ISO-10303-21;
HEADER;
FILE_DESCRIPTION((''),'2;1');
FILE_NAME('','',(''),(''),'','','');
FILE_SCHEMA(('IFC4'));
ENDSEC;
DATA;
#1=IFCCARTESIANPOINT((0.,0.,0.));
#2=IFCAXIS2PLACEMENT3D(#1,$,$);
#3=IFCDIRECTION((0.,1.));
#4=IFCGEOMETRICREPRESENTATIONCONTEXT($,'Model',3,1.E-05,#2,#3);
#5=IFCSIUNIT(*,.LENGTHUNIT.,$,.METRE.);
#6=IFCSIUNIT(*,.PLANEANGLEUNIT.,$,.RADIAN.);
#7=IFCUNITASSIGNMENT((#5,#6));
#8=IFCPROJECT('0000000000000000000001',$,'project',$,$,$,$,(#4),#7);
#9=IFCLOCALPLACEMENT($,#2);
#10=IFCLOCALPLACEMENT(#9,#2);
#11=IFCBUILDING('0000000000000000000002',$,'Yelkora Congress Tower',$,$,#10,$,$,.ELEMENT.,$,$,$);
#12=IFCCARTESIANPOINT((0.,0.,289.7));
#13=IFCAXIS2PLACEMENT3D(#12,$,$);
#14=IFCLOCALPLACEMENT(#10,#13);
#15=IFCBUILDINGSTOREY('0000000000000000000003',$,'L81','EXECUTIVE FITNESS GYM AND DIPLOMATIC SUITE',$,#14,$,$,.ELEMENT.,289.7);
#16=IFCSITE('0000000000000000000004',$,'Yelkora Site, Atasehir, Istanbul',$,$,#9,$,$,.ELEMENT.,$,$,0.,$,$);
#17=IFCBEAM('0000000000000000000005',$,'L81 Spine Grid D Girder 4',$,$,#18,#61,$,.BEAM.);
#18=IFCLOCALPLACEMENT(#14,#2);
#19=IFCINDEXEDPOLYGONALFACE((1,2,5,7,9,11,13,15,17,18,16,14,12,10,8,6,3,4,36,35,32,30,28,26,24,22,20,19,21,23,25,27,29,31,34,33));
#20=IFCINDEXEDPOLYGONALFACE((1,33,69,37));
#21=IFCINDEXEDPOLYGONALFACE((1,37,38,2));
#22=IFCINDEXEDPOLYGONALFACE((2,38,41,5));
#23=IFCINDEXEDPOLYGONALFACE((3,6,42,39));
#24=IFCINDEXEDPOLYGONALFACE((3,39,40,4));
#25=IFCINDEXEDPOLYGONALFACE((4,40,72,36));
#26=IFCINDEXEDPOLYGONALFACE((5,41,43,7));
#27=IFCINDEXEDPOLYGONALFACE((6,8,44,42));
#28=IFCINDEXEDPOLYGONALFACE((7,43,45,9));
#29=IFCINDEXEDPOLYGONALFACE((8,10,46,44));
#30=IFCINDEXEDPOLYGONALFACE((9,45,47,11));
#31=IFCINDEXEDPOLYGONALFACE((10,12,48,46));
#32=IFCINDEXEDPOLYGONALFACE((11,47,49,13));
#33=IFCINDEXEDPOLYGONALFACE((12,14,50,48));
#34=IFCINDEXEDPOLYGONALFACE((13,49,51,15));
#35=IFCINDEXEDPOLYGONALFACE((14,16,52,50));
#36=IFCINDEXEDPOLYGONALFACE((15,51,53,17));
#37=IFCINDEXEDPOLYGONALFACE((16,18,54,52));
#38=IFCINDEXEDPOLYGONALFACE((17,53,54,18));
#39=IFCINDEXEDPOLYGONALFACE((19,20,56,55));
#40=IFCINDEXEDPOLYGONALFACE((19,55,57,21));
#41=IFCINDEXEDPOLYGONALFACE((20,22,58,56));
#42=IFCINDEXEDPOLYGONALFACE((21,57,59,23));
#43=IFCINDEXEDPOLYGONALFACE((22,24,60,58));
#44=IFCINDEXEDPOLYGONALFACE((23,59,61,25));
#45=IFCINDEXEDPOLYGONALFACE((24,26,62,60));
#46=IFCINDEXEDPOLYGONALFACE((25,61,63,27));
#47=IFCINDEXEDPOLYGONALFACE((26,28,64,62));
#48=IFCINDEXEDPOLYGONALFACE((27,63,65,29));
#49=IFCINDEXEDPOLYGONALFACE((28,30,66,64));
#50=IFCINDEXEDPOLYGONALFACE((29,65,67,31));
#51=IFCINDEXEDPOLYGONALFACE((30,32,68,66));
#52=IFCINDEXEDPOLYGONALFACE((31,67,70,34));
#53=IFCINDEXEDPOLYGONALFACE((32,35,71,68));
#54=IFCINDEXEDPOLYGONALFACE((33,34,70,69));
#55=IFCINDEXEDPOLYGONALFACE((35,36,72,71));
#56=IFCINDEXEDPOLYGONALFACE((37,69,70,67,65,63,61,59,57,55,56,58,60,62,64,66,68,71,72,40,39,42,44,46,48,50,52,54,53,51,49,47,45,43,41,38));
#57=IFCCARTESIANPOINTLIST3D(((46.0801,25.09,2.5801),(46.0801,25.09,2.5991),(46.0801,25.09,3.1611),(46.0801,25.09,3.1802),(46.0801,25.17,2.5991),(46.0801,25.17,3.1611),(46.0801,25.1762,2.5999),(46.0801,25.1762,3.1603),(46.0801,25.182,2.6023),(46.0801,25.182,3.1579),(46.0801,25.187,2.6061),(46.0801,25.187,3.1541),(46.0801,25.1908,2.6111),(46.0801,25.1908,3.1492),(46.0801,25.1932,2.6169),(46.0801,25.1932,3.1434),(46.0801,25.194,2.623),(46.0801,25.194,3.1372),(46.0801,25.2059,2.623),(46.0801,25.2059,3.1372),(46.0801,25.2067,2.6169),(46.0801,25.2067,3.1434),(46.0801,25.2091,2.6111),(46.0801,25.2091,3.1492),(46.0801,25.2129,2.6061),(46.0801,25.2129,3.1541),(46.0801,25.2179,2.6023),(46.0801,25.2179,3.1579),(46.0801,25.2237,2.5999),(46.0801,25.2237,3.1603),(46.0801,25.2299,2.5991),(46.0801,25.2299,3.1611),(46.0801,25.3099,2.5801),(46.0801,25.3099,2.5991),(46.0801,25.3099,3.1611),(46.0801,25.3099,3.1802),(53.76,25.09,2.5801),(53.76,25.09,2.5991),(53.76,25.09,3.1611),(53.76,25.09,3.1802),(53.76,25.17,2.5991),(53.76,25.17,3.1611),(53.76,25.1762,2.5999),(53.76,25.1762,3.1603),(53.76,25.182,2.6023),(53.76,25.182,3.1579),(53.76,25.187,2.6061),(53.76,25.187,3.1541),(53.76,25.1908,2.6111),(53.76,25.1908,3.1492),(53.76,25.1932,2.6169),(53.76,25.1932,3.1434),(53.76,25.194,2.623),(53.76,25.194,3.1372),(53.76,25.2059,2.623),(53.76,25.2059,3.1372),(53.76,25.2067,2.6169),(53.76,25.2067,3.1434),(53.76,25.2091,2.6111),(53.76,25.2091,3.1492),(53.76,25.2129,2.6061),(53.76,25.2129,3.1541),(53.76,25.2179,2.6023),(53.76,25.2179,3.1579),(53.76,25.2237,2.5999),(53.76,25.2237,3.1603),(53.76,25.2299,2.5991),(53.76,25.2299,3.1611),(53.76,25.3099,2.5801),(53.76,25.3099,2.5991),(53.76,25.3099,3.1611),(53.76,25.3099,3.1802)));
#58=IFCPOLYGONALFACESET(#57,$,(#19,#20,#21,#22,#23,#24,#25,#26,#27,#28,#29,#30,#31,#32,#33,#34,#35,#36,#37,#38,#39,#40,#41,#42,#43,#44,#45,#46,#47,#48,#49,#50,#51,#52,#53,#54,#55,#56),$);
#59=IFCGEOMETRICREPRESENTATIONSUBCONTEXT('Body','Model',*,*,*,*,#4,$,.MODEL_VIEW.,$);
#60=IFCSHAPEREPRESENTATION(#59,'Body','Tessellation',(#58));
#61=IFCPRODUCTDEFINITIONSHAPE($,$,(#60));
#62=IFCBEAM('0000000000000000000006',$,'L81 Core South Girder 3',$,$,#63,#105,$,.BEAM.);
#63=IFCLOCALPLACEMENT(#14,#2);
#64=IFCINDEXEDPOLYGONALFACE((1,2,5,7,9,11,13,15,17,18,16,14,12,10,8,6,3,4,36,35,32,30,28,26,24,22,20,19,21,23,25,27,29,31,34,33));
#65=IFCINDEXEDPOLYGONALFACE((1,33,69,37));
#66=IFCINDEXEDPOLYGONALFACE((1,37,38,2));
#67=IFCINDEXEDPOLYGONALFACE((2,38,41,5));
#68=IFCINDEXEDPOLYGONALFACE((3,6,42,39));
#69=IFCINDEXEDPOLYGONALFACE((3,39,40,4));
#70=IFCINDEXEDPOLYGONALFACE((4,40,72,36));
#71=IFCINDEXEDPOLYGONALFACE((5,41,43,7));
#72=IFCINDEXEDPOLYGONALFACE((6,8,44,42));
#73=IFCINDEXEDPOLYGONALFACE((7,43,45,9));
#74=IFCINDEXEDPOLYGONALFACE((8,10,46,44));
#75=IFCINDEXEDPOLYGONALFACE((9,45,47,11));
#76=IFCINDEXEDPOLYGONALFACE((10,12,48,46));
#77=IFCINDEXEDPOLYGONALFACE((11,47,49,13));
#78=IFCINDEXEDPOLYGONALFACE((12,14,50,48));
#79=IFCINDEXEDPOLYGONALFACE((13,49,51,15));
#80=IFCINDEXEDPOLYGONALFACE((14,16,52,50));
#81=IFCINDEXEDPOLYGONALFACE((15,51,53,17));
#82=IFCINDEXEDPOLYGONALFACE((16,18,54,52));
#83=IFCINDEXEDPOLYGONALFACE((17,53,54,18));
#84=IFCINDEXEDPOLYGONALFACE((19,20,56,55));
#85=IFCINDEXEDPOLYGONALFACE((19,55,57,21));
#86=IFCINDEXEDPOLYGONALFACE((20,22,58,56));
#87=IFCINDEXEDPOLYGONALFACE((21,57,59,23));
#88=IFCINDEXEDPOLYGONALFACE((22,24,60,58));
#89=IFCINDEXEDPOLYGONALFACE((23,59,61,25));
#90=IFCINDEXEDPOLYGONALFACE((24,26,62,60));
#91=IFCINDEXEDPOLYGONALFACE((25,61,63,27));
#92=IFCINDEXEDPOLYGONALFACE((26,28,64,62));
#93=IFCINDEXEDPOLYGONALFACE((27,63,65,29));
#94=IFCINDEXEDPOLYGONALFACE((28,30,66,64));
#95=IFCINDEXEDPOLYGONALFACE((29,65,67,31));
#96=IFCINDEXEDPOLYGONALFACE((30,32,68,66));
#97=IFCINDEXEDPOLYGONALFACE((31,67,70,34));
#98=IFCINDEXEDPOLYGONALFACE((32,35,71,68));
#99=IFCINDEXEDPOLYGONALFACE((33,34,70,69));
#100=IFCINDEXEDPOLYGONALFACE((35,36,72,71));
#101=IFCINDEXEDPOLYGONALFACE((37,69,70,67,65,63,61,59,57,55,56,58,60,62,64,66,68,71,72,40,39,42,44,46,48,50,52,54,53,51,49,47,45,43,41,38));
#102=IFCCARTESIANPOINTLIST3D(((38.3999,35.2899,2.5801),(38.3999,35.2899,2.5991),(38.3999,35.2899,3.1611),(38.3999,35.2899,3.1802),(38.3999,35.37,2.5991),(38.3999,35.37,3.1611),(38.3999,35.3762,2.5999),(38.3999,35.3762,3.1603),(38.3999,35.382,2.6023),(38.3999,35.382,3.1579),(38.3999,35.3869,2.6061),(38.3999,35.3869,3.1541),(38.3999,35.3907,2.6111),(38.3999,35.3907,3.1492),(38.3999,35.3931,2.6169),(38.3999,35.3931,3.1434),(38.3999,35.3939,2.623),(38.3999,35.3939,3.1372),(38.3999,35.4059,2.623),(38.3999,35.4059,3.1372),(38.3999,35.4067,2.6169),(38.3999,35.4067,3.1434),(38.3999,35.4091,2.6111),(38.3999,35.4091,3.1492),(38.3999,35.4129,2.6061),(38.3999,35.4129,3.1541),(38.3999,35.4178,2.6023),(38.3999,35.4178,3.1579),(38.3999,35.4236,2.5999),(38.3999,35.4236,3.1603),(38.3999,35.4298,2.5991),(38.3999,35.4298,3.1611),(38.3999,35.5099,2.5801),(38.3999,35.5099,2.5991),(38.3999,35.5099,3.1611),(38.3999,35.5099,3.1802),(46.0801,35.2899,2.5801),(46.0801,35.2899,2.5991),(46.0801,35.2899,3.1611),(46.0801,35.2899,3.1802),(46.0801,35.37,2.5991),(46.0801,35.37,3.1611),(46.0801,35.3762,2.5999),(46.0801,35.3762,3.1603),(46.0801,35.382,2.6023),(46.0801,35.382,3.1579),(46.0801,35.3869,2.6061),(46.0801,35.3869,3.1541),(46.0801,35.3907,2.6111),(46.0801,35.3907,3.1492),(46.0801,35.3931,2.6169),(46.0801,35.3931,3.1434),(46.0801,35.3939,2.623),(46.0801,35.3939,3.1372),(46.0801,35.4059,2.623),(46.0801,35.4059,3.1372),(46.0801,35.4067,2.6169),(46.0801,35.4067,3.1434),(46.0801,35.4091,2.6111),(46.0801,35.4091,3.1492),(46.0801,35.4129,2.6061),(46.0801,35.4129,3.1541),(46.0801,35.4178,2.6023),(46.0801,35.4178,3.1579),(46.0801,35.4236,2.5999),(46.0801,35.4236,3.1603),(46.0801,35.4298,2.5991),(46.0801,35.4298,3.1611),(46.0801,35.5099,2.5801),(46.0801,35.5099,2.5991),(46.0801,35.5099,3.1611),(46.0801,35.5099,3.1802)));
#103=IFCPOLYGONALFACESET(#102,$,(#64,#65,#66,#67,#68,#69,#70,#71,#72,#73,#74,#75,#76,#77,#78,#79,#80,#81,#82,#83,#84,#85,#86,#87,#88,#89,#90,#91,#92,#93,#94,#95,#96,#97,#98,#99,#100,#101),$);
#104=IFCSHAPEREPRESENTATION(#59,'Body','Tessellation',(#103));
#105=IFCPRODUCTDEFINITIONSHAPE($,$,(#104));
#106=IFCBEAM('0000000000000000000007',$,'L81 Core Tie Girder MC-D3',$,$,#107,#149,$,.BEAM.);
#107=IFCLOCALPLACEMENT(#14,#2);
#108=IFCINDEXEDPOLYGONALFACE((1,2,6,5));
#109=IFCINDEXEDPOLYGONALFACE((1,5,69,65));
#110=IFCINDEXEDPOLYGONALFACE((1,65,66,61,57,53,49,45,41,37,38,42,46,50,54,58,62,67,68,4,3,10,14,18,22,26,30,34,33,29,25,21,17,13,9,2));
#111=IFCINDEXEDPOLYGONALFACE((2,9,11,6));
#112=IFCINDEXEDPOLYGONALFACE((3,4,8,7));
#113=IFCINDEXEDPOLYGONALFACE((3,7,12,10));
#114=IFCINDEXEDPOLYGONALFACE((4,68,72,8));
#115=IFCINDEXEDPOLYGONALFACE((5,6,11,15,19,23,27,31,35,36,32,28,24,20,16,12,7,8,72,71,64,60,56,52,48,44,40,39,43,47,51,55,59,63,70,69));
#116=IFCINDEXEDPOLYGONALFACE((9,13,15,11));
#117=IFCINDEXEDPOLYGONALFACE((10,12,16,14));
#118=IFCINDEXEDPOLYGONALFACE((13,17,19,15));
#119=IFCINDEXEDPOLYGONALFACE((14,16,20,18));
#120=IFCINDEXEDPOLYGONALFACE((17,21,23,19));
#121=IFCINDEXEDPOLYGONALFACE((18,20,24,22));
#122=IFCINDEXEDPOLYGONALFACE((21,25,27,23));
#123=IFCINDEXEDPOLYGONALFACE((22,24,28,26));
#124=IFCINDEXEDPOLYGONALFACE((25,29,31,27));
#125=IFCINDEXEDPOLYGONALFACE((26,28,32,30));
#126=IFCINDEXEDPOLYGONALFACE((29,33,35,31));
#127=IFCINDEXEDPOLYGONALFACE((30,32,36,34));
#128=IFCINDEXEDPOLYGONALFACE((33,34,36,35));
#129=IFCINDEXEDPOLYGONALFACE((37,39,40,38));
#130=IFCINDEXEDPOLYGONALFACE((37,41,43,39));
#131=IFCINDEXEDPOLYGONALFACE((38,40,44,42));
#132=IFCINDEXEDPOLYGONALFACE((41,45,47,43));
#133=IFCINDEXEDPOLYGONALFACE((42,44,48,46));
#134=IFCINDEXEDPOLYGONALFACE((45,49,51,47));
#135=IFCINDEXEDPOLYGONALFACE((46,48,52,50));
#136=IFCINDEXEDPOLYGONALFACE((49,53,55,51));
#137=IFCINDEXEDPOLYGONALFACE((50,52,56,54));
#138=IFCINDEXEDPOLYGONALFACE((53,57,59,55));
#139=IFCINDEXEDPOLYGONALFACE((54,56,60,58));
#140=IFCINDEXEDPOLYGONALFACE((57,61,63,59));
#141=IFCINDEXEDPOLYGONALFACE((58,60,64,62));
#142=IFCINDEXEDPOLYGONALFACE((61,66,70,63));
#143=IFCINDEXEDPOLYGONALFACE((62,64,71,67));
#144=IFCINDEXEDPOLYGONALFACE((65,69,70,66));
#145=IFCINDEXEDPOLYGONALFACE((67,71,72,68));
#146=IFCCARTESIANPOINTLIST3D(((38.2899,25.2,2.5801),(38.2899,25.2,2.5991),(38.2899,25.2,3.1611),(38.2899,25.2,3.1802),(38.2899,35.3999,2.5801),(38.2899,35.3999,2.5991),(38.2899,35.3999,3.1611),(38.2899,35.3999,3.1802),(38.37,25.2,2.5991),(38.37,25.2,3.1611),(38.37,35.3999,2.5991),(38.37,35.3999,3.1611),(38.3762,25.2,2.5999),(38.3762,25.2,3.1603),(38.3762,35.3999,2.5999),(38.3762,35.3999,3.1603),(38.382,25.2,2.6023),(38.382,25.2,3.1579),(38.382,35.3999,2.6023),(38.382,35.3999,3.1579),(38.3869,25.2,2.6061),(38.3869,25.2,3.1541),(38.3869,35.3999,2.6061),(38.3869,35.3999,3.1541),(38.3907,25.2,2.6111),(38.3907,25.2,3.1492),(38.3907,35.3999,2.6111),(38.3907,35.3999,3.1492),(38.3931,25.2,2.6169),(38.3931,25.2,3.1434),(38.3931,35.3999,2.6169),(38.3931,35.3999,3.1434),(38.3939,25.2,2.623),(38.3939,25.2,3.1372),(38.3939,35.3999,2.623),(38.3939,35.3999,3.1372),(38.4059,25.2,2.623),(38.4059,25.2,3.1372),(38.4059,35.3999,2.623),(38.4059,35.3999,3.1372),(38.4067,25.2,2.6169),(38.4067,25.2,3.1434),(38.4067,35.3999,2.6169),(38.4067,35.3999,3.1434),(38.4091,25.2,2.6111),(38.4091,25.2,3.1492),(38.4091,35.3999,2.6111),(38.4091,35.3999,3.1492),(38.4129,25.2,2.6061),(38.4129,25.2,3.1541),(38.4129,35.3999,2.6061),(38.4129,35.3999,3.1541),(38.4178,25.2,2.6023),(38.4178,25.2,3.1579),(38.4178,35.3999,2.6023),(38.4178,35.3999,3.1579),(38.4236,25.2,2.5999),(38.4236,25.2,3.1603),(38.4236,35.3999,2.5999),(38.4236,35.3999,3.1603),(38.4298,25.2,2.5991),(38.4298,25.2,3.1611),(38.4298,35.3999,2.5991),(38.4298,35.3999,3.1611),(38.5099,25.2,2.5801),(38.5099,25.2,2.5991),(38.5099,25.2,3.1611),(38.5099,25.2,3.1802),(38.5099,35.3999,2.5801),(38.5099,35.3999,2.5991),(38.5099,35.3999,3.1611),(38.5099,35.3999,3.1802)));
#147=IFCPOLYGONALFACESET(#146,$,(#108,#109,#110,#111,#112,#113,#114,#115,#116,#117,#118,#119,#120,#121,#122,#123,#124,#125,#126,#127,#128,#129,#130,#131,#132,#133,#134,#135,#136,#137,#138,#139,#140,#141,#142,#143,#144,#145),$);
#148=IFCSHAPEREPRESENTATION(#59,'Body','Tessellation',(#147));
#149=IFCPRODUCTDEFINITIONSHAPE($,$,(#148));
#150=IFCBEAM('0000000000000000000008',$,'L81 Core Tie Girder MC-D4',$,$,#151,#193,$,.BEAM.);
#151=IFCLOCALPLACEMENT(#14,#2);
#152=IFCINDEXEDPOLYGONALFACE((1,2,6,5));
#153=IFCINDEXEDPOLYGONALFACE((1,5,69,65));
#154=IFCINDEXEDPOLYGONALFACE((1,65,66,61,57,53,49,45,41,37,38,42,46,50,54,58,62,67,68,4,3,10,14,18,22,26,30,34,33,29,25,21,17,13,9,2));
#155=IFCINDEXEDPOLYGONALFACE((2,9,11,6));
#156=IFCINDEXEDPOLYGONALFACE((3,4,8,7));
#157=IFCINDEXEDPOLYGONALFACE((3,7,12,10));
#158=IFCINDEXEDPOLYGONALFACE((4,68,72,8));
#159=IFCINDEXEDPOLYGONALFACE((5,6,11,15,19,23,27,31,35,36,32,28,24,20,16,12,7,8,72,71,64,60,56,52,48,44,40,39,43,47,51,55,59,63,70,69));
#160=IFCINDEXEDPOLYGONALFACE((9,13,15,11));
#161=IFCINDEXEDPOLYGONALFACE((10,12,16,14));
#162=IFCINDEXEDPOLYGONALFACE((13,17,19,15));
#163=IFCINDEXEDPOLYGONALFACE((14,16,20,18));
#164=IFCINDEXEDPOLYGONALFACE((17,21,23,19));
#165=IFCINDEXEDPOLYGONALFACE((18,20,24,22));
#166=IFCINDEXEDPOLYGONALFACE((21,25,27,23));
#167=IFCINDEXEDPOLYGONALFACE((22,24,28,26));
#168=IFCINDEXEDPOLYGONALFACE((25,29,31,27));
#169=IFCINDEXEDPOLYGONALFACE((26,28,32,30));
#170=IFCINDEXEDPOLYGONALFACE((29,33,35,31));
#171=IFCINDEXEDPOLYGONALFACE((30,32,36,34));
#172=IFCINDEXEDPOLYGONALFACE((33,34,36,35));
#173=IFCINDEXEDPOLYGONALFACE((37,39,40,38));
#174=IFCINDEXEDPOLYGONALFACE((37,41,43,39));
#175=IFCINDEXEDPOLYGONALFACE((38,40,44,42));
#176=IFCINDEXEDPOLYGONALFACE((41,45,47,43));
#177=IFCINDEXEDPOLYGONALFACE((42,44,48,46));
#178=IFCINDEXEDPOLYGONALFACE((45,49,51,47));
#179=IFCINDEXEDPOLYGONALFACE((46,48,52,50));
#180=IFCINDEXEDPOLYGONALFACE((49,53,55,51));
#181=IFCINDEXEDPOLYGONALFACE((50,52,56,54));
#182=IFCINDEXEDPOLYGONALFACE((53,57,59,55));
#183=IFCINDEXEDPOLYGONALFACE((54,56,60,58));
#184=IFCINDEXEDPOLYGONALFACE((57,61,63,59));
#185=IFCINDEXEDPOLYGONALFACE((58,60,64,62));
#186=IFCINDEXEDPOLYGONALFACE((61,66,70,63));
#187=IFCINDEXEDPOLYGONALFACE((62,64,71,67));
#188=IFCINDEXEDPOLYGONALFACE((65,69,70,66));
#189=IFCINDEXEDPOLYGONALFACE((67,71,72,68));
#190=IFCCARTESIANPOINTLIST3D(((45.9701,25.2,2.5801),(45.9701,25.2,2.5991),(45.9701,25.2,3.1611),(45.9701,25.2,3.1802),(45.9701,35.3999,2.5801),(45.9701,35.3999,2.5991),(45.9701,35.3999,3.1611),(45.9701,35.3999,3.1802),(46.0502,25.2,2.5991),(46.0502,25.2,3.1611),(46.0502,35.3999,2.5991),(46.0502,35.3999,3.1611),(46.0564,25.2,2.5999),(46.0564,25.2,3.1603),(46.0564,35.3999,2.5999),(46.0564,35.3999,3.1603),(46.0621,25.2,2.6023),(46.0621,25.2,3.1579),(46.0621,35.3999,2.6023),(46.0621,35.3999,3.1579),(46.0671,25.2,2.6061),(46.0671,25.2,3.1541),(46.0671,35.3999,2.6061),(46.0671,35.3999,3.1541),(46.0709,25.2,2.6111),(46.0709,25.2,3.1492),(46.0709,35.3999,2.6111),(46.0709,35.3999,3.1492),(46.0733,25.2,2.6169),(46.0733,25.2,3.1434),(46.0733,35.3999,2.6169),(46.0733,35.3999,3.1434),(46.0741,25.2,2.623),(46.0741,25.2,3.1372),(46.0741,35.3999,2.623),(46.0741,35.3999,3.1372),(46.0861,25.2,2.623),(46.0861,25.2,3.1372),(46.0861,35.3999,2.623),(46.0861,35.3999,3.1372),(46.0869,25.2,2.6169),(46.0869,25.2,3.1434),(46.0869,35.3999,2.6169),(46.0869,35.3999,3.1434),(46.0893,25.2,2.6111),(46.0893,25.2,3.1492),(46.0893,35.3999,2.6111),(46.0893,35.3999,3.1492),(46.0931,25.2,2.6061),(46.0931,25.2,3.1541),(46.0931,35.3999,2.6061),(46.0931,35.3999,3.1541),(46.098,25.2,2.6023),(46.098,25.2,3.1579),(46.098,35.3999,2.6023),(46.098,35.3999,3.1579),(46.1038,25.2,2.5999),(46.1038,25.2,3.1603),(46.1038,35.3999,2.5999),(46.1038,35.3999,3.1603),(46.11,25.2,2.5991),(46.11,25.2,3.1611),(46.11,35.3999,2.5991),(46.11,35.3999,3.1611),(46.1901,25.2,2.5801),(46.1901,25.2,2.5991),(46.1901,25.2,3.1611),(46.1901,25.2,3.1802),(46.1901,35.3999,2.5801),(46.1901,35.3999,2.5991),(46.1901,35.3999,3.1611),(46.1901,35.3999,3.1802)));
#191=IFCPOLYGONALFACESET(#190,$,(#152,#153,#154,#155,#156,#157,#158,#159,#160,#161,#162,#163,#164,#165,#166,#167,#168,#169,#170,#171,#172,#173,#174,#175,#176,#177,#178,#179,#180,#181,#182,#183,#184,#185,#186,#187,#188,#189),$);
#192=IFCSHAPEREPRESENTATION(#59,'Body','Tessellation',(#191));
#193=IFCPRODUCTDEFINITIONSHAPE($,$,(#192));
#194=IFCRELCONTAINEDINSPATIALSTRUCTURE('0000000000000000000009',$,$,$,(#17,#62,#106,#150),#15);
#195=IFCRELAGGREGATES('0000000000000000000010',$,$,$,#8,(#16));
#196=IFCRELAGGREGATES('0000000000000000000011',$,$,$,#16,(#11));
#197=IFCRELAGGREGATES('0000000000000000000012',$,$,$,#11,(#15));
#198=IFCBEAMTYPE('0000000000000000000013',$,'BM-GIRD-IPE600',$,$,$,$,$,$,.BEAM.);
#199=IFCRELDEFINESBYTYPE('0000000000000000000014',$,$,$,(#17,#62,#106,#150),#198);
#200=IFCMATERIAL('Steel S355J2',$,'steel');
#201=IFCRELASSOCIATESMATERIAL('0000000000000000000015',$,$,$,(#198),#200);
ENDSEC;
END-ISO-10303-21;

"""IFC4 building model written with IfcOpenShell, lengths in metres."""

from ifc_helpers import new_model, si_unit, direction, frame, origin, origin_2d, place, context, subcontext, project, spatial, i_section, extrude, material, material_profile, profile_set, type_object, element, save


model = new_model("IFC4")

# Units and contexts
model_context = context("Model", 3, precision=1e-05, world=origin(), true_north=direction((0.0, 1.0)))
body_context = subcontext(model_context, "Body", "Model", "MODEL_VIEW")
ifc_project = project(units=[si_unit("LENGTHUNIT", "METRE"), si_unit("PLANEANGLEUNIT", "RADIAN")], contexts=[model_context])

# Site, building, storey
site_placement = place(None, origin())
site = spatial("IfcSite", under=ifc_project, at=site_placement, Name="Yelkora Site, Atasehir, Istanbul", CompositionType="ELEMENT", RefElevation=0.0)
building_placement = place(site_placement, origin())
building = spatial("IfcBuilding", under=site, at=building_placement, Name="Yelkora Congress Tower", CompositionType="ELEMENT")
storey_placement = place(building_placement, frame((0.0, 0.0, 289.7)))
storey = spatial("IfcBuildingStorey", under=building, at=storey_placement, Name="L81", Description="EXECUTIVE FITNESS GYM AND DIPLOMATIC SUITE", CompositionType="ELEMENT", Elevation=289.7)

# Beams
ifc_material_1 = material(Name="Steel S355J2", Category="steel")
ifc_material_profile_1 = material_profile(ifc_material_1, i_section(OverallWidth=0.22, OverallDepth=0.6001, WebThickness=0.012, FlangeThickness=0.019, FilletRadius=0.0239, at=origin_2d()), Name="IPE 600")
ifc_profile_set_1 = profile_set([ifc_material_profile_1], Name="Steel S355J2")
beam_type_1 = type_object("IfcBeamType", Name="BM-GIRD-IPE600", PredefinedType="BEAM", material=ifc_profile_set_1)
beam_1_placement = place(storey_placement, frame((46.0801, 25.2, 2.8801), z_axis=(1.0, 0.0, 0.0), x_axis=(0.0, 1.0, 0.0)))
element("IfcBeam", 1, at=beam_1_placement, inside=storey, type_object=beam_type_1, Name="L81 Spine Grid D Girder 4", PredefinedType="BEAM", context=body_context, shape_type="SweptSolid", body=[
    extrude(i_section(OverallWidth=0.22, OverallDepth=0.6001, WebThickness=0.012, FlangeThickness=0.019, FilletRadius=0.0239, at=origin_2d()), origin(), (0.0, 0.0, 1.0), 7.6799),
])
beam_2_placement = place(storey_placement, frame((38.3999, 35.3999, 2.8801), z_axis=(1.0, 0.0, 0.0), x_axis=(0.0, 1.0, 0.0)))
element("IfcBeam", 2, at=beam_2_placement, inside=storey, type_object=beam_type_1, Name="L81 Core South Girder 3", PredefinedType="BEAM", context=body_context, shape_type="SweptSolid", body=[
    extrude(i_section(OverallWidth=0.22, OverallDepth=0.6001, WebThickness=0.012, FlangeThickness=0.019, FilletRadius=0.0239, at=origin_2d()), origin(), (0.0, 0.0, 1.0), 7.6802),
])
for number, where, z_axis, x_axis, name in (
    (3, (38.3999, 25.2, 2.8801), (0.0, 1.0, 0.0), (-1.0, 0.0, 0.0), "L81 Core Tie Girder MC-D3"),
    (4, (46.0801, 25.2, 2.8801), (0.0, 1.0, 0.0), (-1.0, 0.0, 0.0), "L81 Core Tie Girder MC-D4"),
):
    element("IfcBeam", number, at=place(storey_placement, frame(where, z_axis=z_axis, x_axis=x_axis)), inside=storey, type_object=beam_type_1, Name=name, PredefinedType="BEAM", context=body_context, shape_type="SweptSolid", body=[
        extrude(i_section(OverallWidth=0.22, OverallDepth=0.6001, WebThickness=0.012, FlangeThickness=0.019, FilletRadius=0.0239, at=origin_2d()), origin(), (0.0, 0.0, 1.0), 10.2),
    ])

save(model, "model.ifc")
